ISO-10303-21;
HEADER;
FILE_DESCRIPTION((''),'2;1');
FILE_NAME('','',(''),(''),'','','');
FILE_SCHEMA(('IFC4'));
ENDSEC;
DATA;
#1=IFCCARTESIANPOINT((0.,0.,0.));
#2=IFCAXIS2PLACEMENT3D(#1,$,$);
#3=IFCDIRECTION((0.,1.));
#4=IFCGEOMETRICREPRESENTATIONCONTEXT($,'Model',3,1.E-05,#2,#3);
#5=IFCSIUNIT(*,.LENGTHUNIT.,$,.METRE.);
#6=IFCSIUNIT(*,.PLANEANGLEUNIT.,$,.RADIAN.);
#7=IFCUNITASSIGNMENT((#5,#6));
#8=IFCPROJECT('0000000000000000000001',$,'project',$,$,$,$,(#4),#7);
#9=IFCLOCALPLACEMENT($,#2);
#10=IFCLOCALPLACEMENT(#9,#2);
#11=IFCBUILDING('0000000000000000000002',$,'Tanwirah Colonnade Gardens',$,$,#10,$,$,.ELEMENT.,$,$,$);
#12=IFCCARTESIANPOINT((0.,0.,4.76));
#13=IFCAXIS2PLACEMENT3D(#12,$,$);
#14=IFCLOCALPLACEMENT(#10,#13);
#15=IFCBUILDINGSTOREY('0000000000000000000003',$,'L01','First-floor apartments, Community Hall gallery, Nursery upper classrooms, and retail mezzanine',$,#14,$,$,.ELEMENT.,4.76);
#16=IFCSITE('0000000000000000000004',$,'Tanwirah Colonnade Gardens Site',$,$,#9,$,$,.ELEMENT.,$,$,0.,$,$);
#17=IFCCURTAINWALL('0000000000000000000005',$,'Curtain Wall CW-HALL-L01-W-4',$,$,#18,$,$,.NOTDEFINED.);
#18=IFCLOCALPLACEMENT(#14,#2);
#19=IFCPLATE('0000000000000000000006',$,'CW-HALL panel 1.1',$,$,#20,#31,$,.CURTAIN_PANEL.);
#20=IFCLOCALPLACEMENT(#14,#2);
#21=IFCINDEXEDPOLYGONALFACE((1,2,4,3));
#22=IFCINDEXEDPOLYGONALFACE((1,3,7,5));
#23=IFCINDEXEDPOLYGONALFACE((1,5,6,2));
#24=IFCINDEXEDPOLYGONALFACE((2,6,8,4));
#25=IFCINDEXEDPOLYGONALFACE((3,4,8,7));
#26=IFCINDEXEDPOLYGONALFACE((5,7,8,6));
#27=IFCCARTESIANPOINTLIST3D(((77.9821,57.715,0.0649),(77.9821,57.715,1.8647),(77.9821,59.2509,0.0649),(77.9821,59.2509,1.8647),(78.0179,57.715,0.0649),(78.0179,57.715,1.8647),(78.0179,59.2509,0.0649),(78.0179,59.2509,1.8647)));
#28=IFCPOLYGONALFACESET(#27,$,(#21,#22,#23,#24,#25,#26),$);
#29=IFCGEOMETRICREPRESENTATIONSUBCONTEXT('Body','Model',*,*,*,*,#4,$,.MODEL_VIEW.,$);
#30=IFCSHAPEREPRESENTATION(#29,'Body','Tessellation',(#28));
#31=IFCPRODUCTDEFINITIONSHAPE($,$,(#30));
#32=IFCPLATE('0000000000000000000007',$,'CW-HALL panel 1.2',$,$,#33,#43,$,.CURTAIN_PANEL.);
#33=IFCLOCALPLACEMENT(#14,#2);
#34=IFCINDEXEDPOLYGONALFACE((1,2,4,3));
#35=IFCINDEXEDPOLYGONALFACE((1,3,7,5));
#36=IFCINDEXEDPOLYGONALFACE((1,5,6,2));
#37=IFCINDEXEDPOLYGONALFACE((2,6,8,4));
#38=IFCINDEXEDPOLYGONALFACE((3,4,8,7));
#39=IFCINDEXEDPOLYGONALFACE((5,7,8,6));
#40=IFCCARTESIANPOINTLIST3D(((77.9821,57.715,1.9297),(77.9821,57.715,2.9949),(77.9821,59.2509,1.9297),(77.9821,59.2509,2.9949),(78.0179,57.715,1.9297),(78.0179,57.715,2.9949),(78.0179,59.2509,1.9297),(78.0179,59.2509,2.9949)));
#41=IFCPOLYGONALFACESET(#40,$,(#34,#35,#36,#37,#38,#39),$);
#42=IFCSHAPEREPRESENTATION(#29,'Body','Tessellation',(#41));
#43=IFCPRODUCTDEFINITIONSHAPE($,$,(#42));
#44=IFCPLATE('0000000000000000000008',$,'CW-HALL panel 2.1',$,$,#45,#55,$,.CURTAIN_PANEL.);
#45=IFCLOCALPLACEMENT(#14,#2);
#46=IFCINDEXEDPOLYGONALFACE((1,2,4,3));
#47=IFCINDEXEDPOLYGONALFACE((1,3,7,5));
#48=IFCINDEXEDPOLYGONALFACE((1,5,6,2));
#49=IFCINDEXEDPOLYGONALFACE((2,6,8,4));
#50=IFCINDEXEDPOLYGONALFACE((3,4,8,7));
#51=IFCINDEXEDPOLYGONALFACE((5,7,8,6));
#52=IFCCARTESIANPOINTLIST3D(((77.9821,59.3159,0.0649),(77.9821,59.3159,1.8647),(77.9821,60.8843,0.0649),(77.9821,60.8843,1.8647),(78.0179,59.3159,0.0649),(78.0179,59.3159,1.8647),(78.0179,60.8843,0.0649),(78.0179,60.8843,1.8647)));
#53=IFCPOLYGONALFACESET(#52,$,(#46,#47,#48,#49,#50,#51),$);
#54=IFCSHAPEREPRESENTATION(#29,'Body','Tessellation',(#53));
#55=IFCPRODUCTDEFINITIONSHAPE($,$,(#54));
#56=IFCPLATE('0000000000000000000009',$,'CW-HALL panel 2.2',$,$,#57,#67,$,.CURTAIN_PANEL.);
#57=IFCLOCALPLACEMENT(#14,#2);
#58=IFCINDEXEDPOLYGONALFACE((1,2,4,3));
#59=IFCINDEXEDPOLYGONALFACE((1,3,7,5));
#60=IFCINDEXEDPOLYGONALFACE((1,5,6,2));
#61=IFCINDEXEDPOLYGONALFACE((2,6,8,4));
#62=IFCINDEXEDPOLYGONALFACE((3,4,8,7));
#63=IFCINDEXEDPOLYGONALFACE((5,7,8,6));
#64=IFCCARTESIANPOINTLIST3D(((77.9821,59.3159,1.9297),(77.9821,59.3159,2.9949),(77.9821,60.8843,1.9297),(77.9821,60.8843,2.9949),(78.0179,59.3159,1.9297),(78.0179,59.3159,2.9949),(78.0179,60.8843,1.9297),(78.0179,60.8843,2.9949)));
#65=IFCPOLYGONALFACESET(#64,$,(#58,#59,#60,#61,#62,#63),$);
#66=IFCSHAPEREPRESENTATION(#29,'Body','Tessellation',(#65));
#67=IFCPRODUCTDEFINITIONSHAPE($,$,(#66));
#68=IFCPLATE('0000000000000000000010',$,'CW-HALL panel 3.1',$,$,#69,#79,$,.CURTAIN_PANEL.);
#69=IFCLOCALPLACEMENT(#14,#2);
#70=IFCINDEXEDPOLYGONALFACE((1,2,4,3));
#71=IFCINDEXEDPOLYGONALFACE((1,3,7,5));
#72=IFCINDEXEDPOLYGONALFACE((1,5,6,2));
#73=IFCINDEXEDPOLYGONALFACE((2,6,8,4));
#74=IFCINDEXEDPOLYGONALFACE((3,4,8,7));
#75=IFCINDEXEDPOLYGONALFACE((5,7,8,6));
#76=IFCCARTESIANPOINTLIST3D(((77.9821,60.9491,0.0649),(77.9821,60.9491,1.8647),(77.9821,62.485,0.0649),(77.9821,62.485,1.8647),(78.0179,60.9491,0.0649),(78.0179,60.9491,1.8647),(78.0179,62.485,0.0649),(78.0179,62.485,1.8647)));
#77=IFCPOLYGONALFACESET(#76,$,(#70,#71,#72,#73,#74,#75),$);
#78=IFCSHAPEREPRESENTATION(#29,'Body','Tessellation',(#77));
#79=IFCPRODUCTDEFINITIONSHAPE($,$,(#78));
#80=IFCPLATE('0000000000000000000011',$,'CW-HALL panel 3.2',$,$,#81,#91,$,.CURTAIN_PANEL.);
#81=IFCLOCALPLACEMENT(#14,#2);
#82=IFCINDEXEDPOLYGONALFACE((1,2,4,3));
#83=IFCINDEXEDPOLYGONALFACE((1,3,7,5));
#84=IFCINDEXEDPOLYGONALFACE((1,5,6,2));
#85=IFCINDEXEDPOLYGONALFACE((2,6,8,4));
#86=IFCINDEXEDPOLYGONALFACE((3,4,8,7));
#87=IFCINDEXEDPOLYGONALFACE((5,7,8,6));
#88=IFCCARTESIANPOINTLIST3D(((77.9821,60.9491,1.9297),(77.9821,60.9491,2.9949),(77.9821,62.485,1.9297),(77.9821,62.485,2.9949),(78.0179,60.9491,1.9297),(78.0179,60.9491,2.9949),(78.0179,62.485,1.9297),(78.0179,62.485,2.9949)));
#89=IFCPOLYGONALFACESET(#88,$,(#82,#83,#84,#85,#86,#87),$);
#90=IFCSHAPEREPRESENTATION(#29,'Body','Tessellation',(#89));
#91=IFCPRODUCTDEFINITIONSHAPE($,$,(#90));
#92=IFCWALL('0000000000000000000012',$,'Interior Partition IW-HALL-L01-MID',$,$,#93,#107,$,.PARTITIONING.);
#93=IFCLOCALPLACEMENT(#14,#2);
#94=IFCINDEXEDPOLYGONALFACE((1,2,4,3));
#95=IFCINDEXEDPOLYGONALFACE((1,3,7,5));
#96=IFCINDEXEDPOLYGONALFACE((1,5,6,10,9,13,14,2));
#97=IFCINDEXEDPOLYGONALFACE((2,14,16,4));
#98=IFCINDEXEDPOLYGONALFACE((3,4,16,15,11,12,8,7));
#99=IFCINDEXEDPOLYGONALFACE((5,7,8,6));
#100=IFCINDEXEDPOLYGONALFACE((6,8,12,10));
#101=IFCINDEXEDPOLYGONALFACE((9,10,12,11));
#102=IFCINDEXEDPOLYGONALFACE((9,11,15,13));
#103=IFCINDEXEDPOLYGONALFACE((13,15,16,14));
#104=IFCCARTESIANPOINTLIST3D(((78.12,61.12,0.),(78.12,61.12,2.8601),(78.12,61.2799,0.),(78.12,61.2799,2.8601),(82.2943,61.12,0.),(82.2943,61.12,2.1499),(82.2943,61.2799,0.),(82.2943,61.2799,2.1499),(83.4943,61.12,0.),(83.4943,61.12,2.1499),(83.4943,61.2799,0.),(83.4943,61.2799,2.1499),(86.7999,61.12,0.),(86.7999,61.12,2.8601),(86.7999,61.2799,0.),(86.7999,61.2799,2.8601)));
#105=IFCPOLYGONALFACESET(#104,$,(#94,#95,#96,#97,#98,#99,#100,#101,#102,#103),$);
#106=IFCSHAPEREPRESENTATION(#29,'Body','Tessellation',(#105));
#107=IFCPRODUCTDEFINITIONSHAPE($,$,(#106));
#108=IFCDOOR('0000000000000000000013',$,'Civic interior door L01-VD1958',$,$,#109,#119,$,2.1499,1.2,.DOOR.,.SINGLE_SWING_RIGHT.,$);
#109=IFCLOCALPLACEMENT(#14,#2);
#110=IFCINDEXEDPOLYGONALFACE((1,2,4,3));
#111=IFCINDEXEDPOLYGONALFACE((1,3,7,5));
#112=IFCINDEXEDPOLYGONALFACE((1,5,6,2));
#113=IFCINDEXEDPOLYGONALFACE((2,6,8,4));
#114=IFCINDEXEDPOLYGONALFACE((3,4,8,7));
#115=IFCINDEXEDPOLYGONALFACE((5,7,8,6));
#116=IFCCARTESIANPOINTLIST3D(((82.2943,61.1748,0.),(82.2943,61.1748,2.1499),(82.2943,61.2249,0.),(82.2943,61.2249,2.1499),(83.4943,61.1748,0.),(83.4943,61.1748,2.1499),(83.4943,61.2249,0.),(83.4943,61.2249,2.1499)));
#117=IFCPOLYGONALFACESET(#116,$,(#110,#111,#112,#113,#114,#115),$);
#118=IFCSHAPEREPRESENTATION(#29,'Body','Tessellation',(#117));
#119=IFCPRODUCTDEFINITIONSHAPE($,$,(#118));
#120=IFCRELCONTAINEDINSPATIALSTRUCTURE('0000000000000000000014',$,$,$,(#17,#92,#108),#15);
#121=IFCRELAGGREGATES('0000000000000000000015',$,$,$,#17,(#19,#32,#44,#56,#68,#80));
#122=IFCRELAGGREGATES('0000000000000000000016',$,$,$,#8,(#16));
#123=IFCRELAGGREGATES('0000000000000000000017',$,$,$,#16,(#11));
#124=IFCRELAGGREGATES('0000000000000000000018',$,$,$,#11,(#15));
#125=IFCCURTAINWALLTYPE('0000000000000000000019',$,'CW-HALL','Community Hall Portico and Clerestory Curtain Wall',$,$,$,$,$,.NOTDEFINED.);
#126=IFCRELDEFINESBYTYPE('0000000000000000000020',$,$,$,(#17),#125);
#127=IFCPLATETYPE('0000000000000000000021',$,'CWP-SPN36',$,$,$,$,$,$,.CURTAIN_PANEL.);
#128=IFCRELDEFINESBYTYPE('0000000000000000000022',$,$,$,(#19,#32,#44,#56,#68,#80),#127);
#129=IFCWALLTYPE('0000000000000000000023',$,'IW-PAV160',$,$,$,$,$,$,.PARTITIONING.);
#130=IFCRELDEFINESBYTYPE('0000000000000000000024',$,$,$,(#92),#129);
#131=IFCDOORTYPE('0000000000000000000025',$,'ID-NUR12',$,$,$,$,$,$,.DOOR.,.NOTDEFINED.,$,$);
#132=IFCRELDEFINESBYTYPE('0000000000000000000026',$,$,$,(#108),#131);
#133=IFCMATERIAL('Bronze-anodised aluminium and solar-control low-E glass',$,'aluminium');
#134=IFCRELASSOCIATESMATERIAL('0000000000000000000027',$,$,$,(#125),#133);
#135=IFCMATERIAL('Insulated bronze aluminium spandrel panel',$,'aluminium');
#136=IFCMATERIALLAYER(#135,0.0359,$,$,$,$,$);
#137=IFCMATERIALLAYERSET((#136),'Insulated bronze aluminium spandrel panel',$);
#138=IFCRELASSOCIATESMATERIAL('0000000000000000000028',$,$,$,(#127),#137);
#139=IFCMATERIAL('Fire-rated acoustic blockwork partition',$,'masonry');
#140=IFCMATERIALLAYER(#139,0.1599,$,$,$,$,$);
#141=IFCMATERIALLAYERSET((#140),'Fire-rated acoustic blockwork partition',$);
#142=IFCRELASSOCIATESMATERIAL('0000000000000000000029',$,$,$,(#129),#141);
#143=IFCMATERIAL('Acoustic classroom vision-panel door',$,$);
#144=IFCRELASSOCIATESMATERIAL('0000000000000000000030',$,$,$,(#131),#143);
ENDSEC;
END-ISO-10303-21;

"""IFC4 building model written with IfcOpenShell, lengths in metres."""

from ifc_helpers import new_model, si_unit, direction, frame, frame_2d, origin, origin_2d, place, context, subcontext, project, spatial, rectangle, extrude, material, layer, layer_set, type_object, element, fill, aggregate, save


model = new_model("IFC4")

# Units and contexts
model_context = context("Model", 3, precision=1e-05, world=origin(), true_north=direction((0.0, 1.0)))
body_context = subcontext(model_context, "Body", "Model", "MODEL_VIEW")
ifc_project = project(units=[si_unit("LENGTHUNIT", "METRE"), si_unit("PLANEANGLEUNIT", "RADIAN")], contexts=[model_context])

# Site, building, storey
site_placement = place(None, origin())
site = spatial("IfcSite", under=ifc_project, at=site_placement, Name="Tanwirah Colonnade Gardens Site", CompositionType="ELEMENT", RefElevation=0.0)
building_placement = place(site_placement, origin())
building = spatial("IfcBuilding", under=site, at=building_placement, Name="Tanwirah Colonnade Gardens", CompositionType="ELEMENT")
storey_placement = place(building_placement, frame((0.0, 0.0, 4.76)))
storey = spatial("IfcBuildingStorey", under=building, at=storey_placement, Name="L01", Description="First-floor apartments, Community Hall gallery, Nursery upper classrooms, and retail mezzanine", CompositionType="ELEMENT", Elevation=4.76)

# Curtain wall, plates
ifc_material_1 = material(Name="Bronze-anodised aluminium and solar-control low-E glass", Category="aluminium")
curtain_wall_type = type_object("IfcCurtainWallType", Name="CW-HALL", Description="Community Hall Portico and Clerestory Curtain Wall", PredefinedType="NOTDEFINED", material=ifc_material_1)
curtain_wall_placement = place(storey_placement, origin())
curtain_wall = element("IfcCurtainWall", 1, at=curtain_wall_placement, inside=storey, type_object=curtain_wall_type, Name="Curtain Wall CW-HALL-L01-W-4", PredefinedType="NOTDEFINED")
ifc_material_2 = material(Name="Insulated bronze aluminium spandrel panel", Category="aluminium")
ifc_layer_1 = layer(ifc_material_2, 0.0359)
ifc_layer_set_1 = layer_set([ifc_layer_1], Name="Insulated bronze aluminium spandrel panel")
plate_type = type_object("IfcPlateType", Name="CWP-SPN36", PredefinedType="CURTAIN_PANEL", material=ifc_layer_set_1)
plate_1_placement = place(storey_placement, frame((78.0, 58.4829, 0.0649), z_axis=(0.0, 0.0, 1.0), x_axis=(0.0, 1.0, 0.0)))
plate_1 = element("IfcPlate", 2, at=plate_1_placement, type_object=plate_type, Name="CW-HALL panel 1.1", PredefinedType="CURTAIN_PANEL", context=body_context, shape_type="SweptSolid", body=[
    extrude(rectangle(XDim=1.5359, YDim=0.0359, at=origin_2d()), origin(), (0.0, 0.0, 1.0), 1.7998),
])
plate_2_placement = place(storey_placement, frame((78.0, 58.4829, 1.9297), z_axis=(0.0, 0.0, 1.0), x_axis=(0.0, 1.0, 0.0)))
plate_2 = element("IfcPlate", 3, at=plate_2_placement, type_object=plate_type, Name="CW-HALL panel 1.2", PredefinedType="CURTAIN_PANEL", context=body_context, shape_type="SweptSolid", body=[
    extrude(rectangle(XDim=1.5359, YDim=0.0359, at=origin_2d()), origin(), (0.0, 0.0, 1.0), 1.0652),
])
plate_3_placement = place(storey_placement, frame((78.0, 60.1001, 0.0649), z_axis=(0.0, 0.0, 1.0), x_axis=(0.0, 1.0, 0.0)))
plate_3 = element("IfcPlate", 4, at=plate_3_placement, type_object=plate_type, Name="CW-HALL panel 2.1", PredefinedType="CURTAIN_PANEL", context=body_context, shape_type="SweptSolid", body=[
    extrude(rectangle(XDim=1.5684, YDim=0.0359, at=origin_2d()), origin(), (0.0, 0.0, 1.0), 1.7998),
])
plate_4_placement = place(storey_placement, frame((78.0, 60.1001, 1.9297), z_axis=(0.0, 0.0, 1.0), x_axis=(0.0, 1.0, 0.0)))
plate_4 = element("IfcPlate", 5, at=plate_4_placement, type_object=plate_type, Name="CW-HALL panel 2.2", PredefinedType="CURTAIN_PANEL", context=body_context, shape_type="SweptSolid", body=[
    extrude(rectangle(XDim=1.5684, YDim=0.0359, at=origin_2d()), origin(), (0.0, 0.0, 1.0), 1.0652),
])
plate_5_placement = place(storey_placement, frame((78.0, 61.717, 0.0649), z_axis=(0.0, 0.0, 1.0), x_axis=(0.0, 1.0, 0.0)))
plate_5 = element("IfcPlate", 6, at=plate_5_placement, type_object=plate_type, Name="CW-HALL panel 3.1", PredefinedType="CURTAIN_PANEL", context=body_context, shape_type="SweptSolid", body=[
    extrude(rectangle(XDim=1.5359, YDim=0.0359, at=origin_2d()), origin(), (0.0, 0.0, 1.0), 1.7998),
])
plate_6_placement = place(storey_placement, frame((78.0, 61.717, 1.9297), z_axis=(0.0, 0.0, 1.0), x_axis=(0.0, 1.0, 0.0)))
plate_6 = element("IfcPlate", 7, at=plate_6_placement, type_object=plate_type, Name="CW-HALL panel 3.2", PredefinedType="CURTAIN_PANEL", context=body_context, shape_type="SweptSolid", body=[
    extrude(rectangle(XDim=1.5359, YDim=0.0359, at=origin_2d()), origin(), (0.0, 0.0, 1.0), 1.0652),
])
aggregate(curtain_wall, [plate_1, plate_2, plate_3, plate_4, plate_5, plate_6])

# Wall, opening, door
ifc_material_3 = material(Name="Fire-rated acoustic blockwork partition", Category="masonry")
ifc_layer_2 = layer(ifc_material_3, 0.1599)
ifc_layer_set_2 = layer_set([ifc_layer_2], Name="Fire-rated acoustic blockwork partition")
wall_type = type_object("IfcWallType", Name="IW-PAV160", PredefinedType="PARTITIONING", material=ifc_layer_set_2)
wall_placement = place(storey_placement, frame((78.1201, 61.2, 0.0), z_axis=(0.0, 0.0, 1.0), x_axis=(1.0, 0.0, 0.0)))
wall = element("IfcWall", 8, at=wall_placement, inside=storey, type_object=wall_type, Name="Interior Partition IW-HALL-L01-MID", PredefinedType="PARTITIONING", context=body_context, shape_type="SweptSolid", body=[
    extrude(rectangle(XDim=8.6799, YDim=0.1599, at=frame_2d((4.3398, 0.0))), origin(), (0.0, 0.0, 1.0), 2.8601),
])
opening_placement = place(wall_placement, frame((4.1741, 0.0, 0.0)))
opening = element("IfcOpeningElement", 9, at=opening_placement, cuts=wall, PredefinedType="OPENING", context=body_context, shape_type="SweptSolid", body=[
    extrude(rectangle(XDim=1.2, YDim=2.1499, at=frame_2d((0.6001, 1.075))), frame((0.0, 0.0898, 0.0), z_axis=(0.0, -1.0, 0.0), x_axis=(1.0, 0.0, 0.0)), (0.0, 0.0, 1.0), 0.1799),
])
ifc_material_4 = material(Name="Acoustic classroom vision-panel door")
door_type = type_object("IfcDoorType", Name="ID-NUR12", OperationType="NOTDEFINED", PredefinedType="DOOR", material=ifc_material_4)
door_placement = place(opening_placement, origin())
door = element("IfcDoor", 10, at=door_placement, inside=storey, type_object=door_type, Name="Civic interior door L01-VD1958", OperationType="SINGLE_SWING_RIGHT", OverallHeight=2.1499, OverallWidth=1.2, PredefinedType="DOOR", context=body_context, shape_type="SweptSolid", body=[
    extrude(rectangle(XDim=1.2, YDim=2.1499, at=frame_2d((0.6001, 1.075))), frame((0.0, 0.0249, 0.0), z_axis=(0.0, -1.0, 0.0), x_axis=(1.0, 0.0, 0.0)), (0.0, 0.0, 1.0), 0.05),
])
fill(opening, door)

save(model, "model.ifc")
